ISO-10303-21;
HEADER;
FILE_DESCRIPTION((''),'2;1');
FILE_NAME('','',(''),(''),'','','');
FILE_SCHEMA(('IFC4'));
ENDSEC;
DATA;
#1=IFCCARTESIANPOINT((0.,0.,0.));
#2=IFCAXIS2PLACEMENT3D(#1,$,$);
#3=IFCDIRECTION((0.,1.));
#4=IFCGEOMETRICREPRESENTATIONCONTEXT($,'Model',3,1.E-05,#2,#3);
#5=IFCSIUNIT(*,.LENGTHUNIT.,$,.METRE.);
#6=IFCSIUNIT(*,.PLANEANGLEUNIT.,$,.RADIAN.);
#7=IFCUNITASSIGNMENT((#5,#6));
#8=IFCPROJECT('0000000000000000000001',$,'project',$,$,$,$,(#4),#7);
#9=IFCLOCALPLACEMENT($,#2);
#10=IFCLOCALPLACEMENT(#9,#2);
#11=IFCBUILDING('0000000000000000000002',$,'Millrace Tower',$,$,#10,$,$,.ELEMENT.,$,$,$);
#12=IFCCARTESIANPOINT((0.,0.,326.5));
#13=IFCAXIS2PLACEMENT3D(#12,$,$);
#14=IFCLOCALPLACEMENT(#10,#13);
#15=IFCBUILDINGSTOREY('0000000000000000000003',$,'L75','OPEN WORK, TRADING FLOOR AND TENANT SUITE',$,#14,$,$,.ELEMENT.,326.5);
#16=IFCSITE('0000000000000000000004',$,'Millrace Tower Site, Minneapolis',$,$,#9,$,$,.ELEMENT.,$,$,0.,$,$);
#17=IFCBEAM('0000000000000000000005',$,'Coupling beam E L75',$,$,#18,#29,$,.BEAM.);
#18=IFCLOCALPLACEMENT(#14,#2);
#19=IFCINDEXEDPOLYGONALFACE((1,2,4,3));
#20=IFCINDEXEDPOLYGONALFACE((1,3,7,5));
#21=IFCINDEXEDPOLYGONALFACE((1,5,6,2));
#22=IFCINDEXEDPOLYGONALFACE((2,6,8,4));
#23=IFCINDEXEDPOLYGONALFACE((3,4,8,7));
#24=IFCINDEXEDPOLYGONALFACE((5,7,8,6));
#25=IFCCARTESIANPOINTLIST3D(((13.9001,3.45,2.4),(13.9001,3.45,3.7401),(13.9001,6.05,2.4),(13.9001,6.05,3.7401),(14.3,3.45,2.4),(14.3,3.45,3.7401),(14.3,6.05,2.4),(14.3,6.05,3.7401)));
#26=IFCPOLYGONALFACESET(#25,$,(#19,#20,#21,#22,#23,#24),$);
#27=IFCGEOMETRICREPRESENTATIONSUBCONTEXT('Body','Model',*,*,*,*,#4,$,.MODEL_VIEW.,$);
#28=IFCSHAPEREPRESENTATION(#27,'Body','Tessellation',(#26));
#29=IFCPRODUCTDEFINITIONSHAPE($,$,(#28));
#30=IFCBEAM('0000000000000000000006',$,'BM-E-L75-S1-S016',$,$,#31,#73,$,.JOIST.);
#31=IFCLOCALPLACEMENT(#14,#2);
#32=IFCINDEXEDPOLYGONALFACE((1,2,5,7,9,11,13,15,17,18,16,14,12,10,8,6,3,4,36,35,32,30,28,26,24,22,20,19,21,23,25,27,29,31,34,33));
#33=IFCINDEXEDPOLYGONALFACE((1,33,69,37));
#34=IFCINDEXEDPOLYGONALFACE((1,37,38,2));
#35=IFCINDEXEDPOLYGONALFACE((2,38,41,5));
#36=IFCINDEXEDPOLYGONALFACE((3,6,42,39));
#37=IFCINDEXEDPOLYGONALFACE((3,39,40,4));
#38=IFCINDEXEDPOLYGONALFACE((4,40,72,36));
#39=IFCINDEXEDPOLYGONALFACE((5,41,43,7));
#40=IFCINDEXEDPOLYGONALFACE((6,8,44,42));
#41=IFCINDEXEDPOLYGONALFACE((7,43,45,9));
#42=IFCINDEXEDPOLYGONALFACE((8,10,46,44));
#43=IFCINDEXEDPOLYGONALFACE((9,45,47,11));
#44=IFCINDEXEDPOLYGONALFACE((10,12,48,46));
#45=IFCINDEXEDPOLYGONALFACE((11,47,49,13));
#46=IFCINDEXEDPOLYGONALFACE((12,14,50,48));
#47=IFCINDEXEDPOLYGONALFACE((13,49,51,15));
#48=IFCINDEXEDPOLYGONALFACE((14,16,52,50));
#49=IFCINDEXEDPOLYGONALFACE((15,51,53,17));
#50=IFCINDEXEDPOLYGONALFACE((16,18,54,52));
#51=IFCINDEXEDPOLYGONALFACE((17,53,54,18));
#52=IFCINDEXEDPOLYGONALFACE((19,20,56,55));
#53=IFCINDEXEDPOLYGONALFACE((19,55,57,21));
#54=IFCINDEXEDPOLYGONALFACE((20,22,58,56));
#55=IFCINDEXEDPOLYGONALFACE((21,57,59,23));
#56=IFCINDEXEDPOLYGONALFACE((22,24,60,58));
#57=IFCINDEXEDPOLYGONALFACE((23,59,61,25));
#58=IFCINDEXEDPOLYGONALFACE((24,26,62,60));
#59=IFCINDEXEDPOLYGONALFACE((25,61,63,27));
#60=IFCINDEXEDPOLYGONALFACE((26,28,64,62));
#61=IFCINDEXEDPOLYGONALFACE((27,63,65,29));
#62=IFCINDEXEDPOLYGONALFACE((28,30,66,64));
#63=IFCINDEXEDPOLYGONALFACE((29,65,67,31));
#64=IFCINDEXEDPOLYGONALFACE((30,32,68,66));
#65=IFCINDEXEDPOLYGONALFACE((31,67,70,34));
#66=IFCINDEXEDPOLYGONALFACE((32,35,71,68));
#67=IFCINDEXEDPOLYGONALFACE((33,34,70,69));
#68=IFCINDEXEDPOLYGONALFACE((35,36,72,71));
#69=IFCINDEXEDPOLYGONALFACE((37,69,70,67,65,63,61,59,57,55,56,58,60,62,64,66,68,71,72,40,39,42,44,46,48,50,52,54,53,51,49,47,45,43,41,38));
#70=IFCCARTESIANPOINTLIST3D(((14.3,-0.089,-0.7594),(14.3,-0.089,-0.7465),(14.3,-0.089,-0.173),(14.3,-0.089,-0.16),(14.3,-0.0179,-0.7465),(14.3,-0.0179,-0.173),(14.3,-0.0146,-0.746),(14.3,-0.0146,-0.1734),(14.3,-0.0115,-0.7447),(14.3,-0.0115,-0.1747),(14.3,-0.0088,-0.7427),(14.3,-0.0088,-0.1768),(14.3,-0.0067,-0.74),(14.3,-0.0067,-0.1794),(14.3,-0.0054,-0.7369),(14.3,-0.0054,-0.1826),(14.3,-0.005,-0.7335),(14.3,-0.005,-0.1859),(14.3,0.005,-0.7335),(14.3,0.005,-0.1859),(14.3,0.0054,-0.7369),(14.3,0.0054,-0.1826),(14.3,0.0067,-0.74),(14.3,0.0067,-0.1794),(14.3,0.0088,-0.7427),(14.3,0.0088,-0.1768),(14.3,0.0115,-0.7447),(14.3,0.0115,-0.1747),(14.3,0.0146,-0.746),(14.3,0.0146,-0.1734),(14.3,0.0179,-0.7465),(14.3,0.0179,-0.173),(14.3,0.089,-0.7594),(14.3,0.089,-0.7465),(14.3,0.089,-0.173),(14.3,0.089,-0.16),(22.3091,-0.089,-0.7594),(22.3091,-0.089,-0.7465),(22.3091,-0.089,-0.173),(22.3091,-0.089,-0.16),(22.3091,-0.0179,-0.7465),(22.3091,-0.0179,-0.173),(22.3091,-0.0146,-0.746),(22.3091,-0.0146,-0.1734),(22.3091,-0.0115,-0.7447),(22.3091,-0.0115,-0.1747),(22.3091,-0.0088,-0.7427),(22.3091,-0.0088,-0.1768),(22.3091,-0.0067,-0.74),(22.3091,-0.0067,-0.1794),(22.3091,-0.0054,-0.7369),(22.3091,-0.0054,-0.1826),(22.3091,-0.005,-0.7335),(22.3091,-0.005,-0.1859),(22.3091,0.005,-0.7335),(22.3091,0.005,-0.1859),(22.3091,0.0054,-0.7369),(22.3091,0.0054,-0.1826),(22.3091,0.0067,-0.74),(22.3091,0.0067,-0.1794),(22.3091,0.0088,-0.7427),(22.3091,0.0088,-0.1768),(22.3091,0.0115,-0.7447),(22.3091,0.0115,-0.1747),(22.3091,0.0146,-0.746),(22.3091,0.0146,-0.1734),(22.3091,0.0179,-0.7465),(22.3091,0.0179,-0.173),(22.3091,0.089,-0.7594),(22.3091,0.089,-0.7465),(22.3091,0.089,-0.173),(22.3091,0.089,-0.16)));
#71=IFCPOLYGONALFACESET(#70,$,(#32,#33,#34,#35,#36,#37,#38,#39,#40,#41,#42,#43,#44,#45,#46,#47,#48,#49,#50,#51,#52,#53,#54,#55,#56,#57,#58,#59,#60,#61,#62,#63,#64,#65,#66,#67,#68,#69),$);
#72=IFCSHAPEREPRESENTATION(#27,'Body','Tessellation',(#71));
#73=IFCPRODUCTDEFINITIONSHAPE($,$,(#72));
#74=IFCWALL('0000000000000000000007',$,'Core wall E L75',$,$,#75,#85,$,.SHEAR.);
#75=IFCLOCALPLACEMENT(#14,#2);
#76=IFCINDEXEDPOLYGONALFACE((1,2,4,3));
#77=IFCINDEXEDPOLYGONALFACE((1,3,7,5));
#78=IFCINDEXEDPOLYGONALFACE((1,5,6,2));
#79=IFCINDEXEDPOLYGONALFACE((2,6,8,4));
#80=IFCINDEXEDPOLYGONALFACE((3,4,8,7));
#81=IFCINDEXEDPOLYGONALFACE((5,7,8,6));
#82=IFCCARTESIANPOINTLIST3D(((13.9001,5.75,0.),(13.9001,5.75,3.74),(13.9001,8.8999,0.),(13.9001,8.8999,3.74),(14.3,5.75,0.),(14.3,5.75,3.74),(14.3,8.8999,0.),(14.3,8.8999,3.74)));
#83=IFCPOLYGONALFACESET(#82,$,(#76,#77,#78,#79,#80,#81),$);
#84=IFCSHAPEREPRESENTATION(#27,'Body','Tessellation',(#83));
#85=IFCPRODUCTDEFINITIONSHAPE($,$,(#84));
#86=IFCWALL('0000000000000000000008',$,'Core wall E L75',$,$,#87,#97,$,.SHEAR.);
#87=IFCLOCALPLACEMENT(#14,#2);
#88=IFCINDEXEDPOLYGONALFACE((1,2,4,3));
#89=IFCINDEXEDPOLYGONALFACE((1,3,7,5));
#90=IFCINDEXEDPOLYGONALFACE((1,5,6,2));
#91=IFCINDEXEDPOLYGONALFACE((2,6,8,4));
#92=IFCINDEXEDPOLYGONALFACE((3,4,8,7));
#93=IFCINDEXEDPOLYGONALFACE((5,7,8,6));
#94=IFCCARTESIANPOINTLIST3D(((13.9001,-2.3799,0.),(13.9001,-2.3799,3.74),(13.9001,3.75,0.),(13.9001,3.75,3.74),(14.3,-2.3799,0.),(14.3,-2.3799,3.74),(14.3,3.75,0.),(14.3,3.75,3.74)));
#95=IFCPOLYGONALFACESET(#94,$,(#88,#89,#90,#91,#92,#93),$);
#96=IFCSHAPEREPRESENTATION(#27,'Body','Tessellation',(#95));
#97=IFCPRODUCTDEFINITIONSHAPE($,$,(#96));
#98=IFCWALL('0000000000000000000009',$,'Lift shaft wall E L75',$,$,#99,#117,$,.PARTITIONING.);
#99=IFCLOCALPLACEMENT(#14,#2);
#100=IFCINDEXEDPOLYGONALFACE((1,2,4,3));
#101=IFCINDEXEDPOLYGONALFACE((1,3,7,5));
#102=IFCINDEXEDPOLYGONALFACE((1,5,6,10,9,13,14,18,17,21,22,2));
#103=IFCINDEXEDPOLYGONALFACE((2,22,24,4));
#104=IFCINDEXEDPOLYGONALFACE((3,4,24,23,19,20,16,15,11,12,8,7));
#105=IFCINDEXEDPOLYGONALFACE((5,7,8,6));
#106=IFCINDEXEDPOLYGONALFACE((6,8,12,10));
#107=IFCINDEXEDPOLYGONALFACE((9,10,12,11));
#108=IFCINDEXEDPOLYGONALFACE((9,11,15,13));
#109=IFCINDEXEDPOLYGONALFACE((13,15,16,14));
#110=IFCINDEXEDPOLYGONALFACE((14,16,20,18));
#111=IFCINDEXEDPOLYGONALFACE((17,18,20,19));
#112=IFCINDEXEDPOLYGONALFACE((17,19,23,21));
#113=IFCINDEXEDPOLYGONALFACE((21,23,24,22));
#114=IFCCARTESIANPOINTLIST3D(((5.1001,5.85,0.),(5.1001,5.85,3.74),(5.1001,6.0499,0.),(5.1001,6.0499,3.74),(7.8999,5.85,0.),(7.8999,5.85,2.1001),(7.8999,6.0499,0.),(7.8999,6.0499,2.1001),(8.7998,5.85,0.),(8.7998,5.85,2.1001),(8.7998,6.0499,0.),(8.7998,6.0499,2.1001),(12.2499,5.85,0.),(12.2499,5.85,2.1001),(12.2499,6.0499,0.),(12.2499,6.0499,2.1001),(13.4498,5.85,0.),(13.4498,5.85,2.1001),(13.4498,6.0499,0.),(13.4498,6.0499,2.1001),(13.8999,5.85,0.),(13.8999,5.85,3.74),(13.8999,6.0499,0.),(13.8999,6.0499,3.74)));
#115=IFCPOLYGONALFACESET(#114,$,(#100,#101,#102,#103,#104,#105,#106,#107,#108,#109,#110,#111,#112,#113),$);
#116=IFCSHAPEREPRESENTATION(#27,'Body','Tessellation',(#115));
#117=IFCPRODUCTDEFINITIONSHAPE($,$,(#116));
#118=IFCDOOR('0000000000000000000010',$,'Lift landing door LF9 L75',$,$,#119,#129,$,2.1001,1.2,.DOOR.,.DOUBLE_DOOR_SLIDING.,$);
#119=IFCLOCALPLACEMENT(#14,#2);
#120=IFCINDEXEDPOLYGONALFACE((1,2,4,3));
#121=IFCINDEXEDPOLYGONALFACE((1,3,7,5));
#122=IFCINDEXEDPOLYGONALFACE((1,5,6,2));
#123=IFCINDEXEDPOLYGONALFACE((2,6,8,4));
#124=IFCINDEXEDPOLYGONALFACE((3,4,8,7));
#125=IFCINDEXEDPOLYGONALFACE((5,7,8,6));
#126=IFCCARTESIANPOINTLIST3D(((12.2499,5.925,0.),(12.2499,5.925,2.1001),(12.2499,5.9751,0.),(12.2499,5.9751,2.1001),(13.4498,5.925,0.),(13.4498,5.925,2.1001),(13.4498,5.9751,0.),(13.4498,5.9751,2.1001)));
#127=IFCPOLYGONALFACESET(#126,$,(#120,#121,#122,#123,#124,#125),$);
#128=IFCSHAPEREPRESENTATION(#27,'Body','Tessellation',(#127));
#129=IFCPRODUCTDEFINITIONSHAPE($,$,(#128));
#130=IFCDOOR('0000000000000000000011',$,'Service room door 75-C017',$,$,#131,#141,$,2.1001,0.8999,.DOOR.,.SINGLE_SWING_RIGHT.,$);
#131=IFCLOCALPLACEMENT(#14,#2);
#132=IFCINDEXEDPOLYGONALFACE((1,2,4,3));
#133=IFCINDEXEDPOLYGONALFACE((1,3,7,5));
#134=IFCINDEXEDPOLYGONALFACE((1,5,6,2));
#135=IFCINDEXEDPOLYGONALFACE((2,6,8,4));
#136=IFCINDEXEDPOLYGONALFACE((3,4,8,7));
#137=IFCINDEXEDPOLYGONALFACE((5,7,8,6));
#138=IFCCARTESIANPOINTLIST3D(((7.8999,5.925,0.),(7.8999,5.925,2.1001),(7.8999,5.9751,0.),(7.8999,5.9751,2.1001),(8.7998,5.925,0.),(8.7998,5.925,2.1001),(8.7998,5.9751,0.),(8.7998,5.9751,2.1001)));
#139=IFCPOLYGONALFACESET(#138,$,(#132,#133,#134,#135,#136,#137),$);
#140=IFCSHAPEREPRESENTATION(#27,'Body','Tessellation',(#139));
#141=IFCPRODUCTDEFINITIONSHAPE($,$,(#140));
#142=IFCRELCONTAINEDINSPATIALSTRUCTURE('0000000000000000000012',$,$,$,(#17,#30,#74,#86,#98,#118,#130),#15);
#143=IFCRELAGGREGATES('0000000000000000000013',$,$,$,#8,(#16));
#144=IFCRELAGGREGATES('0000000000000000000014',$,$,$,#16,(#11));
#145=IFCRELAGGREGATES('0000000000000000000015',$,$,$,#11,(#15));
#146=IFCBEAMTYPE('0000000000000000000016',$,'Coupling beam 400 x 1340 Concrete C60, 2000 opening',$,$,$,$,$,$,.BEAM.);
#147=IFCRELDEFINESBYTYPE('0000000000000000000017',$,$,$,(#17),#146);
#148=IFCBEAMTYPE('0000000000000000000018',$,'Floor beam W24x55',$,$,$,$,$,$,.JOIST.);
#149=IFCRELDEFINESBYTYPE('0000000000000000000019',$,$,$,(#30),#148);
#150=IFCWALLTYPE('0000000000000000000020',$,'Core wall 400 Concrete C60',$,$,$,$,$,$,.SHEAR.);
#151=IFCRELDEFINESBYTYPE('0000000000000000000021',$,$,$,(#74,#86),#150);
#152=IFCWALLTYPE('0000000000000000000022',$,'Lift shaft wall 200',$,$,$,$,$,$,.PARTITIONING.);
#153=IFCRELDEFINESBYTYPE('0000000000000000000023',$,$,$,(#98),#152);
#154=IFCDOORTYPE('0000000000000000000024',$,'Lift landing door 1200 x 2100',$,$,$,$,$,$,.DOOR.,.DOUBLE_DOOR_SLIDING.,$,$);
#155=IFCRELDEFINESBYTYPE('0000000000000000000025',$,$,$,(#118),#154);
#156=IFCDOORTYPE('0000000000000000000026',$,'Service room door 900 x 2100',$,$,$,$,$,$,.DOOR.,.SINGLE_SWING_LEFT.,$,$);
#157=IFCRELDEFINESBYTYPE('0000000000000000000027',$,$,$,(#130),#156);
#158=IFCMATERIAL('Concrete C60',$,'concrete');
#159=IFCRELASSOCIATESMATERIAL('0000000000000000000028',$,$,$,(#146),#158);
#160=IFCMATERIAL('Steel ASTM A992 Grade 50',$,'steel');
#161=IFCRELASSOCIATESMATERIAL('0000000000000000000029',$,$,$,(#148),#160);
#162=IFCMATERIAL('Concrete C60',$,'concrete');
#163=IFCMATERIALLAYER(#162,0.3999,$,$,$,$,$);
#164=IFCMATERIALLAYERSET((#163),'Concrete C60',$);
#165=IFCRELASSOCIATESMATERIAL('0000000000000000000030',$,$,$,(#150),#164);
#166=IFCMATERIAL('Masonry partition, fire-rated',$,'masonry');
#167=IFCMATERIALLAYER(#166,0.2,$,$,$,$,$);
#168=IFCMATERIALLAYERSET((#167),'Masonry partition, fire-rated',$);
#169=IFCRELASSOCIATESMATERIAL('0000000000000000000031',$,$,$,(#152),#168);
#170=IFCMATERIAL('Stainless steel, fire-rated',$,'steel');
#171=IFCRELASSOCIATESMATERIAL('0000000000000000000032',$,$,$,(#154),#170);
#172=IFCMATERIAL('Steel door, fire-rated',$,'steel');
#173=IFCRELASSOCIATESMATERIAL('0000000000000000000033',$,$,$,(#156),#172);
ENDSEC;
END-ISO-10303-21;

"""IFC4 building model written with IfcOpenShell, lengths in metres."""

from ifc_helpers import new_model, si_unit, direction, frame, frame_2d, origin, origin_2d, place, context, subcontext, project, spatial, rectangle, i_section, extrude, material, layer, layer_set, material_profile, profile_set, type_object, element, fill, save


model = new_model("IFC4")

# Units and contexts
model_context = context("Model", 3, precision=1e-05, world=origin(), true_north=direction((0.0, 1.0)))
body_context = subcontext(model_context, "Body", "Model", "MODEL_VIEW")
ifc_project = project(units=[si_unit("LENGTHUNIT", "METRE"), si_unit("PLANEANGLEUNIT", "RADIAN")], contexts=[model_context])

# Site, building, storey
site_placement = place(None, origin())
site = spatial("IfcSite", under=ifc_project, at=site_placement, Name="Millrace Tower Site, Minneapolis", CompositionType="ELEMENT", RefElevation=0.0)
building_placement = place(site_placement, origin())
building = spatial("IfcBuilding", under=site, at=building_placement, Name="Millrace Tower", CompositionType="ELEMENT")
storey_placement = place(building_placement, frame((0.0, 0.0, 326.5)))
storey = spatial("IfcBuildingStorey", under=building, at=storey_placement, Name="L75", Description="OPEN WORK, TRADING FLOOR AND TENANT SUITE", CompositionType="ELEMENT", Elevation=326.5)

# Beams
ifc_material_1 = material(Name="Concrete C60", Category="concrete")
ifc_material_profile_1 = material_profile(ifc_material_1, rectangle(XDim=0.3999, YDim=1.3401, at=origin_2d()))
ifc_profile_set_1 = profile_set([ifc_material_profile_1], Name="Concrete C60")
beam_type_1 = type_object("IfcBeamType", Name="Coupling beam 400 x 1340 Concrete C60, 2000 opening", PredefinedType="BEAM", material=ifc_profile_set_1)
beam_1_placement = place(storey_placement, frame((14.1001, 6.05, 3.0701), z_axis=(0.0, -1.0, 0.0), x_axis=(1.0, 0.0, 0.0)))
element("IfcBeam", 1, at=beam_1_placement, inside=storey, type_object=beam_type_1, Name="Coupling beam E L75", PredefinedType="BEAM", context=body_context, shape_type="SweptSolid", body=[
    extrude(rectangle(XDim=0.3999, YDim=1.3401, at=origin_2d()), origin(), (0.0, 0.0, 1.0), 2.6001),
])
ifc_material_2 = material(Name="Steel ASTM A992 Grade 50", Category="steel")
ifc_material_profile_2 = material_profile(ifc_material_2, i_section(OverallWidth=0.178, OverallDepth=0.5994, WebThickness=0.01, FlangeThickness=0.0129, FilletRadius=0.0129, at=origin_2d()))
ifc_profile_set_2 = profile_set([ifc_material_profile_2], Name="Steel ASTM A992 Grade 50")
beam_type_2 = type_object("IfcBeamType", Name="Floor beam W24x55", PredefinedType="JOIST", material=ifc_profile_set_2)
beam_2_placement = place(storey_placement, frame((14.3, 0.0, -0.4597), z_axis=(1.0, 0.0, 0.0), x_axis=(0.0, 1.0, 0.0)))
element("IfcBeam", 2, at=beam_2_placement, inside=storey, type_object=beam_type_2, Name="BM-E-L75-S1-S016", PredefinedType="JOIST", context=body_context, shape_type="SweptSolid", body=[
    extrude(i_section(OverallWidth=0.178, OverallDepth=0.5994, WebThickness=0.01, FlangeThickness=0.0129, FilletRadius=0.0129, at=origin_2d()), origin(), (0.0, 0.0, 1.0), 8.009),
])

# Walls
ifc_material_3 = material(Name="Concrete C60", Category="concrete")
ifc_layer_1 = layer(ifc_material_3, 0.3999)
ifc_layer_set_1 = layer_set([ifc_layer_1], Name="Concrete C60")
wall_type_1 = type_object("IfcWallType", Name="Core wall 400 Concrete C60", PredefinedType="SHEAR", material=ifc_layer_set_1)
wall_1_placement = place(storey_placement, frame((14.1001, 8.8999, 0.0), z_axis=(0.0, 0.0, 1.0), x_axis=(0.0, -1.0, 0.0)))
element("IfcWall", 3, at=wall_1_placement, inside=storey, type_object=wall_type_1, Name="Core wall E L75", PredefinedType="SHEAR", context=body_context, shape_type="SweptSolid", body=[
    extrude(rectangle(XDim=3.1499, YDim=0.3999, at=frame_2d((1.575, 0.0))), origin(), (0.0, 0.0, 1.0), 3.74),
])
wall_2_placement = place(storey_placement, frame((14.1001, 3.75, 0.0), z_axis=(0.0, 0.0, 1.0), x_axis=(0.0, -1.0, 0.0)))
element("IfcWall", 4, at=wall_2_placement, inside=storey, type_object=wall_type_1, Name="Core wall E L75", PredefinedType="SHEAR", context=body_context, shape_type="SweptSolid", body=[
    extrude(rectangle(XDim=6.1299, YDim=0.3999, at=frame_2d((3.0649, 0.0))), origin(), (0.0, 0.0, 1.0), 3.74),
])

# Wall, openings, doors
ifc_material_4 = material(Name="Masonry partition, fire-rated", Category="masonry")
ifc_layer_2 = layer(ifc_material_4, 0.2)
ifc_layer_set_2 = layer_set([ifc_layer_2], Name="Masonry partition, fire-rated")
wall_type_2 = type_object("IfcWallType", Name="Lift shaft wall 200", PredefinedType="PARTITIONING", material=ifc_layer_set_2)
wall_3_placement = place(storey_placement, frame((13.8999, 5.95, 0.0), z_axis=(0.0, 0.0, 1.0), x_axis=(-1.0, 0.0, 0.0)))
wall_3 = element("IfcWall", 5, at=wall_3_placement, inside=storey, type_object=wall_type_2, Name="Lift shaft wall E L75", PredefinedType="PARTITIONING", context=body_context, shape_type="SweptSolid", body=[
    extrude(rectangle(XDim=8.7998, YDim=0.2, at=frame_2d((4.3999, 0.0))), origin(), (0.0, 0.0, 1.0), 3.74),
])
opening_1_placement = place(wall_3_placement, frame((0.45, 0.0, 0.0)))
opening_1 = element("IfcOpeningElement", 6, at=opening_1_placement, cuts=wall_3, PredefinedType="OPENING", context=body_context, shape_type="SweptSolid", body=[
    extrude(rectangle(XDim=1.2, YDim=2.1001, at=frame_2d((0.6001, 1.05))), frame((0.0, 0.1099, 0.0), z_axis=(0.0, -1.0, 0.0), x_axis=(1.0, 0.0, 0.0)), (0.0, 0.0, 1.0), 0.22),
])
opening_2_placement = place(wall_3_placement, frame((5.1001, 0.0, 0.0)))
opening_2 = element("IfcOpeningElement", 7, at=opening_2_placement, cuts=wall_3, PredefinedType="OPENING", context=body_context, shape_type="SweptSolid", body=[
    extrude(rectangle(XDim=0.8999, YDim=2.1001, at=frame_2d((0.45, 1.05))), frame((0.0, 0.1099, 0.0), z_axis=(0.0, -1.0, 0.0), x_axis=(1.0, 0.0, 0.0)), (0.0, 0.0, 1.0), 0.22),
])
ifc_material_5 = material(Name="Stainless steel, fire-rated", Category="steel")
door_type_1 = type_object("IfcDoorType", Name="Lift landing door 1200 x 2100", OperationType="DOUBLE_DOOR_SLIDING", PredefinedType="DOOR", material=ifc_material_5)
door_1_placement = place(opening_1_placement, origin())
door_1 = element("IfcDoor", 8, at=door_1_placement, inside=storey, type_object=door_type_1, Name="Lift landing door LF9 L75", OperationType="DOUBLE_DOOR_SLIDING", OverallHeight=2.1001, OverallWidth=1.2, PredefinedType="DOOR", context=body_context, shape_type="SweptSolid", body=[
    extrude(rectangle(XDim=1.2, YDim=2.1001, at=frame_2d((0.6001, 1.05))), frame((0.0, 0.0249, 0.0), z_axis=(0.0, -1.0, 0.0), x_axis=(1.0, 0.0, 0.0)), (0.0, 0.0, 1.0), 0.05),
])
fill(opening_1, door_1)
ifc_material_6 = material(Name="Steel door, fire-rated", Category="steel")
door_type_2 = type_object("IfcDoorType", Name="Service room door 900 x 2100", OperationType="SINGLE_SWING_LEFT", PredefinedType="DOOR", material=ifc_material_6)
door_2_placement = place(opening_2_placement, origin())
door_2 = element("IfcDoor", 9, at=door_2_placement, inside=storey, type_object=door_type_2, Name="Service room door 75-C017", OperationType="SINGLE_SWING_RIGHT", OverallHeight=2.1001, OverallWidth=0.8999, PredefinedType="DOOR", context=body_context, shape_type="SweptSolid", body=[
    extrude(rectangle(XDim=0.8999, YDim=2.1001, at=frame_2d((0.45, 1.05))), frame((0.0, 0.0249, 0.0), z_axis=(0.0, -1.0, 0.0), x_axis=(1.0, 0.0, 0.0)), (0.0, 0.0, 1.0), 0.05),
])
fill(opening_2, door_2)

save(model, "model.ifc")
